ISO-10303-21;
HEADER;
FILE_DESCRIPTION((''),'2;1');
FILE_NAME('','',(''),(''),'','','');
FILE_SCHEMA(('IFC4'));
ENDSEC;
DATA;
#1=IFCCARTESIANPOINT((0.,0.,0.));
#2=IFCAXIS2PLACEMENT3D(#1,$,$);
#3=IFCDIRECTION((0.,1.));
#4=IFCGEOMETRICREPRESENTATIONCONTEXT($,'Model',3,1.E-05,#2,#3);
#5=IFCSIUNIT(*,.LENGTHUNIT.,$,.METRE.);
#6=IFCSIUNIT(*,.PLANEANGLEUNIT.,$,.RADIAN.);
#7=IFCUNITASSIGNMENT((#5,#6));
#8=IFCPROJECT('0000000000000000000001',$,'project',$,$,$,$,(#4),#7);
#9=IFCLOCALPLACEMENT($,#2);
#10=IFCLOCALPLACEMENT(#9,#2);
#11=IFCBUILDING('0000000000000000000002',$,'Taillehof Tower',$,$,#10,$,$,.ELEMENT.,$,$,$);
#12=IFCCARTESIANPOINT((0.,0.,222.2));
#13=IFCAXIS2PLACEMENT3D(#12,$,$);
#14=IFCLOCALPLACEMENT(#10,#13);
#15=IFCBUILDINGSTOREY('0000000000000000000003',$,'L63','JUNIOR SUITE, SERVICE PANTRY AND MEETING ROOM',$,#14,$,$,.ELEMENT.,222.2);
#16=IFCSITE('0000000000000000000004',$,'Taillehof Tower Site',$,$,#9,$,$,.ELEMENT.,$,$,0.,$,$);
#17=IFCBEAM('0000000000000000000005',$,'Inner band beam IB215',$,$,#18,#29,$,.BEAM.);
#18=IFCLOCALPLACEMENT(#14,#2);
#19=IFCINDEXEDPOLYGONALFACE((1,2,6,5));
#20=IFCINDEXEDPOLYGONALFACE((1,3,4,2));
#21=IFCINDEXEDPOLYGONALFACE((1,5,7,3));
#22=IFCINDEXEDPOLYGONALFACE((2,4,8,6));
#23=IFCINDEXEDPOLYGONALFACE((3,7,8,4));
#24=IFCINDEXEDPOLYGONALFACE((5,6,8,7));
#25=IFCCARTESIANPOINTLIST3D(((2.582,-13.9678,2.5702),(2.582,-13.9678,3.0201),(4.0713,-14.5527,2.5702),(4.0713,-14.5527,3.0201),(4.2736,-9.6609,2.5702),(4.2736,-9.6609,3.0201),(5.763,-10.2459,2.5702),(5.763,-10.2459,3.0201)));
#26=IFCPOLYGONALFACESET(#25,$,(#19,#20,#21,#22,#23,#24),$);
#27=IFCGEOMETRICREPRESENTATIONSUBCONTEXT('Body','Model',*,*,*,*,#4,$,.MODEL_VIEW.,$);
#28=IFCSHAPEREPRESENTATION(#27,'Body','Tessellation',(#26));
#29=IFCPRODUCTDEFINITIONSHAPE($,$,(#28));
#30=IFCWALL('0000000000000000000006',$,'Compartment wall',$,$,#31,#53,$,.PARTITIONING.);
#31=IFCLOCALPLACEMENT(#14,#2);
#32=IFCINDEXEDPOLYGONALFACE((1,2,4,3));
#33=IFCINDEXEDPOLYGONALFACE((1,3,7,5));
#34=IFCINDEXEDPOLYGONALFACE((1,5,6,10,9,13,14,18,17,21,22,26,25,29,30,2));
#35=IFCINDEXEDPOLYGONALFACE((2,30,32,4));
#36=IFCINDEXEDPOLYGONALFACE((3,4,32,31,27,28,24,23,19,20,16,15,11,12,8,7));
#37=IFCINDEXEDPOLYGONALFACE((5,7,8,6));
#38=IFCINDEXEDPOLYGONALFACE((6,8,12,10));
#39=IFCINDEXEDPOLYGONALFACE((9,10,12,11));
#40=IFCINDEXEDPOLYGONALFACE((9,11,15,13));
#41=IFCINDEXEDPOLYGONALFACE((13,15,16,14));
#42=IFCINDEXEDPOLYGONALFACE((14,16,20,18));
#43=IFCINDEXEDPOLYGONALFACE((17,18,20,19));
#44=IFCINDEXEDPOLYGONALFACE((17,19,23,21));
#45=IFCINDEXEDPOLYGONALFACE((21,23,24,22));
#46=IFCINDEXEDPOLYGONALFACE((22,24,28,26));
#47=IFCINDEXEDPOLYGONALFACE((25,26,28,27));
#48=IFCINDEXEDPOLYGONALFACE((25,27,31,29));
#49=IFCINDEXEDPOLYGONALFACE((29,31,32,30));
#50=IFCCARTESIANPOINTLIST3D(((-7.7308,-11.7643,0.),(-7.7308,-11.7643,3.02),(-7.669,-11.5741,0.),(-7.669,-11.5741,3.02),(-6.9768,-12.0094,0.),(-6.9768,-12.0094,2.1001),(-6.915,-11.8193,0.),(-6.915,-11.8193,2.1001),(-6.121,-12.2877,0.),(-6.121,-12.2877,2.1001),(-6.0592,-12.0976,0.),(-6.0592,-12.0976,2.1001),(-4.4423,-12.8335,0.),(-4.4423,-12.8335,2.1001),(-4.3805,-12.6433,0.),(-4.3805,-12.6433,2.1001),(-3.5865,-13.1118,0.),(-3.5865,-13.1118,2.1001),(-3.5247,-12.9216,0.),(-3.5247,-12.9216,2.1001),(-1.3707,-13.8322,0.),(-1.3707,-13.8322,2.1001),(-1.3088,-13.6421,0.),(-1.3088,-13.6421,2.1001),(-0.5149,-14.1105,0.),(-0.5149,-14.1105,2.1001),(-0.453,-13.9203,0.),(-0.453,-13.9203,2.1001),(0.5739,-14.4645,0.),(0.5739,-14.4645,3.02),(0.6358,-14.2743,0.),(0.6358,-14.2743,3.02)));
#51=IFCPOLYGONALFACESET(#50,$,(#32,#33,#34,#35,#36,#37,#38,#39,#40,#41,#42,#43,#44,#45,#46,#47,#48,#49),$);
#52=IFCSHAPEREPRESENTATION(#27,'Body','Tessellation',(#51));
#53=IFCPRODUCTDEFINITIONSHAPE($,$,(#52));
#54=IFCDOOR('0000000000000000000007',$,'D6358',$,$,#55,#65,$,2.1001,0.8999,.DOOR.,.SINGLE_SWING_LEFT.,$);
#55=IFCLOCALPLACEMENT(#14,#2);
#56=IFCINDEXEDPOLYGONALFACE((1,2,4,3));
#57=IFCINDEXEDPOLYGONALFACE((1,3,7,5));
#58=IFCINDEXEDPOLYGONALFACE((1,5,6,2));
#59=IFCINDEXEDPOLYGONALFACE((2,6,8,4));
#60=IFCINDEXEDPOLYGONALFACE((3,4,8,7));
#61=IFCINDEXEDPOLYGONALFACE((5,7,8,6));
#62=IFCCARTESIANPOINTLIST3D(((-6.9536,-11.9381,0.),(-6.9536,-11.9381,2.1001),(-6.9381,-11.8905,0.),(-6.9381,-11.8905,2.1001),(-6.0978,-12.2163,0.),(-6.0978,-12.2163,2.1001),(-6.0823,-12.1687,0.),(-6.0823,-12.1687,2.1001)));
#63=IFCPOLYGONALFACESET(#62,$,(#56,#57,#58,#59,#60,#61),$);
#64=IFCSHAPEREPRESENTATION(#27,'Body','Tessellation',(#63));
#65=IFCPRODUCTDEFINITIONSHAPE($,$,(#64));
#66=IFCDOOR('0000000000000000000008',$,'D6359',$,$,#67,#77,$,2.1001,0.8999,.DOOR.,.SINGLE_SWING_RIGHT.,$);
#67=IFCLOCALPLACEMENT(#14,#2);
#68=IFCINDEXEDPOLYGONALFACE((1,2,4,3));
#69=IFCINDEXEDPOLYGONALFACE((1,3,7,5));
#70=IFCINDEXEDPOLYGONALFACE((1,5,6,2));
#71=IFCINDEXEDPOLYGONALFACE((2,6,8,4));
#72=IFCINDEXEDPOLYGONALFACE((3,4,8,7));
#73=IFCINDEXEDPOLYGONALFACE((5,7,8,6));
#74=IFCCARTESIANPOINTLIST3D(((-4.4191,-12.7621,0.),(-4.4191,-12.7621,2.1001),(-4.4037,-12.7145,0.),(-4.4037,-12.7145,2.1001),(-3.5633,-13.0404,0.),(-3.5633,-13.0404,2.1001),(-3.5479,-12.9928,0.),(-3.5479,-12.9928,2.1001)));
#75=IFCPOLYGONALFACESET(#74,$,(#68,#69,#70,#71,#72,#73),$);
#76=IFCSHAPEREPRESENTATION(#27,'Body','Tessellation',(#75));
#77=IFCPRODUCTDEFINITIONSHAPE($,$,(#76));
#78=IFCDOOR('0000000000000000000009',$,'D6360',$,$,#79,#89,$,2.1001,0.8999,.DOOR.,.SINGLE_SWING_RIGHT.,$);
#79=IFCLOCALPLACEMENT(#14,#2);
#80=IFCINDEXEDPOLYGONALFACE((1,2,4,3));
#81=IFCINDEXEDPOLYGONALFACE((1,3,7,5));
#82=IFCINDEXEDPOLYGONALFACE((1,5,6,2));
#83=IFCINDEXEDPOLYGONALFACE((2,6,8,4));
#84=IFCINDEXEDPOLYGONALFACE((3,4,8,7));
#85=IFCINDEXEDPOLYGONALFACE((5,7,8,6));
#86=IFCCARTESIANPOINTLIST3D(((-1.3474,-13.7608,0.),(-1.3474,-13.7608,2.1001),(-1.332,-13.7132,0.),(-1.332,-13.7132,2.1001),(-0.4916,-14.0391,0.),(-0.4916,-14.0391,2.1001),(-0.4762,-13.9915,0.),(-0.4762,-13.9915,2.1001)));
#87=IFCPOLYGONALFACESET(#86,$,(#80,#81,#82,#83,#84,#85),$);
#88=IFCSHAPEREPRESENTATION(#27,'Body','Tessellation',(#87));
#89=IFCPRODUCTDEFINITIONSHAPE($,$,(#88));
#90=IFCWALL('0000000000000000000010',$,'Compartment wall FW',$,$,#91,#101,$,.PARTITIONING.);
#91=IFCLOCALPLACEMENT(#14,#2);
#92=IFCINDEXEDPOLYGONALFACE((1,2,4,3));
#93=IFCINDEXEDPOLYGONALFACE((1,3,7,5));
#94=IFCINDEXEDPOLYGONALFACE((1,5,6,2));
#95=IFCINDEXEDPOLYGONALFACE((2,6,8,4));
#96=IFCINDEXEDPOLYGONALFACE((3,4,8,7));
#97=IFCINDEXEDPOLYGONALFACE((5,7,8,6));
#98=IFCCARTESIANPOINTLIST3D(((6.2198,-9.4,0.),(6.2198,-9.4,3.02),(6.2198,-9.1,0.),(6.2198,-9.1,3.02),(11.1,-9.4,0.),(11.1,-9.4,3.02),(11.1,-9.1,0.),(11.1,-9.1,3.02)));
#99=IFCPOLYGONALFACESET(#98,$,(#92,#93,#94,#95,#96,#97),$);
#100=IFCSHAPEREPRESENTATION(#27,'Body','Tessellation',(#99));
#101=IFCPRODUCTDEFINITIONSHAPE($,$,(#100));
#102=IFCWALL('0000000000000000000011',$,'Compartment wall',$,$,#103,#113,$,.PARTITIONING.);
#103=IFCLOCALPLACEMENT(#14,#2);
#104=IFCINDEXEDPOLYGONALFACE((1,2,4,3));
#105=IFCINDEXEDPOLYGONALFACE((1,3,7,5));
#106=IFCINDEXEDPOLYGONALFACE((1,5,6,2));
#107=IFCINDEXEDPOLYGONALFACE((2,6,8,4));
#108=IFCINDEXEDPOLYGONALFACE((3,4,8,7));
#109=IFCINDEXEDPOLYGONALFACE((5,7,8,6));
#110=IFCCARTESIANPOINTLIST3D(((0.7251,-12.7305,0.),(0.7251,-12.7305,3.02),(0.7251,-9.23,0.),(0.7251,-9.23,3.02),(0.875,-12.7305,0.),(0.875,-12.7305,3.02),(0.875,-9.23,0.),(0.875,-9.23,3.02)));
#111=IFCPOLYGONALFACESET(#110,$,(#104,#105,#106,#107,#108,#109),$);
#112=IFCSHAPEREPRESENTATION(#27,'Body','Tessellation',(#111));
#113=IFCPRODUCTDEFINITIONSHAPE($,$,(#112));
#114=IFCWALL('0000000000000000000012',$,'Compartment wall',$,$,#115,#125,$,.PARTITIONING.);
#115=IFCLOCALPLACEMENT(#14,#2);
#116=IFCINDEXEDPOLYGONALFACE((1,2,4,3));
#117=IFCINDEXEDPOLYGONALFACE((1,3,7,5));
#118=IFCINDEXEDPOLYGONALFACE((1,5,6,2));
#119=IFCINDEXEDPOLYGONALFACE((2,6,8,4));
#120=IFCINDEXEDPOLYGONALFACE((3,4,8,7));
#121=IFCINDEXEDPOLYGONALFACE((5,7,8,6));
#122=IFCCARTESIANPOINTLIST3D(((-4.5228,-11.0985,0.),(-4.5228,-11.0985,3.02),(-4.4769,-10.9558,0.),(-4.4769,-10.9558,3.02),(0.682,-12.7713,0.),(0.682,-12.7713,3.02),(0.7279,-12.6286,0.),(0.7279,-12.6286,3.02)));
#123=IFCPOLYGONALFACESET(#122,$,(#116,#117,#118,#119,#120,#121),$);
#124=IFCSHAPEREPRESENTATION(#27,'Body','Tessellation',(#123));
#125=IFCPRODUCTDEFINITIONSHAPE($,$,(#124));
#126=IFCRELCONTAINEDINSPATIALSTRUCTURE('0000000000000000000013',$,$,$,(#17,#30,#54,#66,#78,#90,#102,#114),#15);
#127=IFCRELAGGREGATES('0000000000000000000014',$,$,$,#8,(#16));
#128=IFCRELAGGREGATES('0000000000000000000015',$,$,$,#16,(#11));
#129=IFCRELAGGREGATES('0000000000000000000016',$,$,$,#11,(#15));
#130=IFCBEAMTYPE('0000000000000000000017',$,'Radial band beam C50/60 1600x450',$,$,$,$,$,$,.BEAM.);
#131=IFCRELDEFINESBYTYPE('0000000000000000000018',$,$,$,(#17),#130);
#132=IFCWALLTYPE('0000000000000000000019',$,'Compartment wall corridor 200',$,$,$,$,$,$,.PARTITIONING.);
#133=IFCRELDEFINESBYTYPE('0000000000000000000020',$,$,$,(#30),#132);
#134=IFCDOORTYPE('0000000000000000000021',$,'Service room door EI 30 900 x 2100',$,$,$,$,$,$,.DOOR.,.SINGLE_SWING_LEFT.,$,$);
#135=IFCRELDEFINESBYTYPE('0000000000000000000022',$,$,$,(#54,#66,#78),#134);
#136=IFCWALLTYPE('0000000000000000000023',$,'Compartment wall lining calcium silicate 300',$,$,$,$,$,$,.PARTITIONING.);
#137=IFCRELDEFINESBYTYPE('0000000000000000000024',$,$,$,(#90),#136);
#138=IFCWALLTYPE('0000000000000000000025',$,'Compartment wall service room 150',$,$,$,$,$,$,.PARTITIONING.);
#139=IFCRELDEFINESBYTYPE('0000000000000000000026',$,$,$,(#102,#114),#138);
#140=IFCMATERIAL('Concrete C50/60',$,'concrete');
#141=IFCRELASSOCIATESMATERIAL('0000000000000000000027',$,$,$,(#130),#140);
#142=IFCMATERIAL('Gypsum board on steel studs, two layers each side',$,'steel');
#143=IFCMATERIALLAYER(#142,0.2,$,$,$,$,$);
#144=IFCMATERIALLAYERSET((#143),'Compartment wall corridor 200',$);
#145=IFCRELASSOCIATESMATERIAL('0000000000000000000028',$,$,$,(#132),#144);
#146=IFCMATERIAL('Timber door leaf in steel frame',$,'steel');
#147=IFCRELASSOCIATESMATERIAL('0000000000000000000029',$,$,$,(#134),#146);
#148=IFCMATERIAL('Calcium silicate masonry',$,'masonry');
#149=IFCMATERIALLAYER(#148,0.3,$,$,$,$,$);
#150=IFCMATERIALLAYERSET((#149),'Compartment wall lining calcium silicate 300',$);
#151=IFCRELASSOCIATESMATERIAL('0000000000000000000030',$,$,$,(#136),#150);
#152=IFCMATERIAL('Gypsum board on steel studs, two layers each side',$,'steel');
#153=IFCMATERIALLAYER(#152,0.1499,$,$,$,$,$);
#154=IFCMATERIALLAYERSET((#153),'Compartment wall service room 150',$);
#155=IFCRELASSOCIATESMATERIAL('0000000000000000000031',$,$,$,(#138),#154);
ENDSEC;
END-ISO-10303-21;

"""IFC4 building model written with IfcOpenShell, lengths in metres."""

from ifc_helpers import new_model, si_unit, direction, frame, frame_2d, origin, origin_2d, place, context, subcontext, project, spatial, rectangle, extrude, material, layer, layer_set, material_profile, profile_set, type_object, element, fill, save


model = new_model("IFC4")

# Units and contexts
model_context = context("Model", 3, precision=1e-05, world=origin(), true_north=direction((0.0, 1.0)))
body_context = subcontext(model_context, "Body", "Model", "MODEL_VIEW")
ifc_project = project(units=[si_unit("LENGTHUNIT", "METRE"), si_unit("PLANEANGLEUNIT", "RADIAN")], contexts=[model_context])

# Site, building, storey
site_placement = place(None, origin())
site = spatial("IfcSite", under=ifc_project, at=site_placement, Name="Taillehof Tower Site", CompositionType="ELEMENT", RefElevation=0.0)
building_placement = place(site_placement, origin())
building = spatial("IfcBuilding", under=site, at=building_placement, Name="Taillehof Tower", CompositionType="ELEMENT")
storey_placement = place(building_placement, frame((0.0, 0.0, 222.2)))
storey = spatial("IfcBuildingStorey", under=building, at=storey_placement, Name="L63", Description="JUNIOR SUITE, SERVICE PANTRY AND MEETING ROOM", CompositionType="ELEMENT", Elevation=222.2)

# Beam
ifc_material_1 = material(Name="Concrete C50/60", Category="concrete")
ifc_material_profile = material_profile(ifc_material_1, rectangle(XDim=1.6001, YDim=0.45, at=origin_2d()), Name="RC 1600x450")
ifc_profile_set = profile_set([ifc_material_profile], Name="Concrete C50/60")
beam_type = type_object("IfcBeamType", Name="Radial band beam C50/60 1600x450", PredefinedType="BEAM", material=ifc_profile_set)
beam_placement = place(storey_placement, frame((3.3267, -14.2603, 2.7952), z_axis=(0.365589, 0.930777, 0.0), x_axis=(-0.930777, 0.365589, 0.0)))
element("IfcBeam", 1, at=beam_placement, inside=storey, type_object=beam_type, Name="Inner band beam IB215", PredefinedType="BEAM", context=body_context, shape_type="SweptSolid", body=[
    extrude(rectangle(XDim=1.6001, YDim=0.45, at=origin_2d()), origin(), (0.0, 0.0, 1.0), 4.6272),
])

# Wall, openings, doors
ifc_material_2 = material(Name="Gypsum board on steel studs, two layers each side", Category="steel")
ifc_layer_1 = layer(ifc_material_2, 0.2)
ifc_layer_set_1 = layer_set([ifc_layer_1], Name="Compartment wall corridor 200")
wall_type_1 = type_object("IfcWallType", Name="Compartment wall corridor 200", PredefinedType="PARTITIONING", material=ifc_layer_set_1)
wall_1_placement = place(storey_placement, frame((0.6047, -14.3694, 0.0), z_axis=(0.0, 0.0, 1.0), x_axis=(-0.950995, 0.309207, 0.0)))
wall_1 = element("IfcWall", 2, at=wall_1_placement, inside=storey, type_object=wall_type_1, Name="Compartment wall", PredefinedType="PARTITIONING", context=body_context, shape_type="SweptSolid", body=[
    extrude(rectangle(XDim=8.7327, YDim=0.2, at=frame_2d((4.3662, 0.0))), origin(), (0.0, 0.0, 1.0), 3.02),
])
opening_1_placement = place(wall_1_placement, frame((7.0398, 0.0, 0.0)))
opening_1 = element("IfcOpeningElement", 3, at=opening_1_placement, cuts=wall_1, PredefinedType="OPENING", context=body_context, shape_type="SweptSolid", body=[
    extrude(rectangle(XDim=0.8999, YDim=2.1001, at=frame_2d((0.45, 1.05))), frame((0.0, 0.1099, 0.0), z_axis=(0.0, -1.0, 0.0), x_axis=(1.0, 0.0, 0.0)), (0.0, 0.0, 1.0), 0.22),
])
opening_2_placement = place(wall_1_placement, frame((4.3748, 0.0, 0.0)))
opening_2 = element("IfcOpeningElement", 4, at=opening_2_placement, cuts=wall_1, PredefinedType="OPENING", context=body_context, shape_type="SweptSolid", body=[
    extrude(rectangle(XDim=0.8999, YDim=2.1001, at=frame_2d((0.45, 1.05))), frame((0.0, 0.1099, 0.0), z_axis=(0.0, -1.0, 0.0), x_axis=(1.0, 0.0, 0.0)), (0.0, 0.0, 1.0), 0.22),
])
opening_3_placement = place(wall_1_placement, frame((1.1448, 0.0, 0.0)))
opening_3 = element("IfcOpeningElement", 5, at=opening_3_placement, cuts=wall_1, PredefinedType="OPENING", context=body_context, shape_type="SweptSolid", body=[
    extrude(rectangle(XDim=0.8999, YDim=2.1001, at=frame_2d((0.45, 1.05))), frame((0.0, 0.1099, 0.0), z_axis=(0.0, -1.0, 0.0), x_axis=(1.0, 0.0, 0.0)), (0.0, 0.0, 1.0), 0.22),
])
ifc_material_3 = material(Name="Timber door leaf in steel frame", Category="steel")
door_type_1 = type_object("IfcDoorType", Name="Service room door EI 30 900 x 2100", OperationType="SINGLE_SWING_LEFT", PredefinedType="DOOR", material=ifc_material_3)
door_1_placement = place(opening_1_placement, origin())
door_1 = element("IfcDoor", 6, at=door_1_placement, inside=storey, type_object=door_type_1, Name="D6358", OperationType="SINGLE_SWING_LEFT", OverallHeight=2.1001, OverallWidth=0.8999, PredefinedType="DOOR", context=body_context, shape_type="SweptSolid", body=[
    extrude(rectangle(XDim=0.8999, YDim=2.1001, at=frame_2d((0.45, 1.05))), frame((0.0, 0.0249, 0.0), z_axis=(0.0, -1.0, 0.0), x_axis=(1.0, 0.0, 0.0)), (0.0, 0.0, 1.0), 0.05),
])
fill(opening_1, door_1)
door_2_placement = place(opening_2_placement, origin())
door_2 = element("IfcDoor", 7, at=door_2_placement, inside=storey, type_object=door_type_1, Name="D6359", OperationType="SINGLE_SWING_RIGHT", OverallHeight=2.1001, OverallWidth=0.8999, PredefinedType="DOOR", context=body_context, shape_type="SweptSolid", body=[
    extrude(rectangle(XDim=0.8999, YDim=2.1001, at=frame_2d((0.45, 1.05))), frame((0.0, 0.0249, 0.0), z_axis=(0.0, -1.0, 0.0), x_axis=(1.0, 0.0, 0.0)), (0.0, 0.0, 1.0), 0.05),
])
fill(opening_2, door_2)
door_3_placement = place(opening_3_placement, origin())
door_3 = element("IfcDoor", 8, at=door_3_placement, inside=storey, type_object=door_type_1, Name="D6360", OperationType="SINGLE_SWING_RIGHT", OverallHeight=2.1001, OverallWidth=0.8999, PredefinedType="DOOR", context=body_context, shape_type="SweptSolid", body=[
    extrude(rectangle(XDim=0.8999, YDim=2.1001, at=frame_2d((0.45, 1.05))), frame((0.0, 0.0249, 0.0), z_axis=(0.0, -1.0, 0.0), x_axis=(1.0, 0.0, 0.0)), (0.0, 0.0, 1.0), 0.05),
])
fill(opening_3, door_3)

# Walls
ifc_material_4 = material(Name="Calcium silicate masonry", Category="masonry")
ifc_layer_2 = layer(ifc_material_4, 0.3)
ifc_layer_set_2 = layer_set([ifc_layer_2], Name="Compartment wall lining calcium silicate 300")
wall_type_2 = type_object("IfcWallType", Name="Compartment wall lining calcium silicate 300", PredefinedType="PARTITIONING", material=ifc_layer_set_2)
wall_2_placement = place(storey_placement, frame((6.22, -9.25, 0.0), z_axis=(0.0, 0.0, 1.0), x_axis=(1.0, 0.0, 0.0)))
element("IfcWall", 9, at=wall_2_placement, inside=storey, type_object=wall_type_2, Name="Compartment wall FW", PredefinedType="PARTITIONING", context=body_context, shape_type="SweptSolid", body=[
    extrude(rectangle(XDim=4.8801, YDim=0.3, at=frame_2d((2.4399, 0.0))), origin(), (0.0, 0.0, 1.0), 3.02),
])
ifc_material_5 = material(Name="Gypsum board on steel studs, two layers each side", Category="steel")
ifc_layer_3 = layer(ifc_material_5, 0.1499)
ifc_layer_set_3 = layer_set([ifc_layer_3], Name="Compartment wall service room 150")
wall_type_3 = type_object("IfcWallType", Name="Compartment wall service room 150", PredefinedType="PARTITIONING", material=ifc_layer_set_3)
wall_3_placement = place(storey_placement, frame((0.8, -9.23, 0.0), z_axis=(0.0, 0.0, 1.0), x_axis=(0.0, -1.0, 0.0)))
element("IfcWall", 10, at=wall_3_placement, inside=storey, type_object=wall_type_3, Name="Compartment wall", PredefinedType="PARTITIONING", context=body_context, shape_type="SweptSolid", body=[
    extrude(rectangle(XDim=3.5005, YDim=0.1499, at=frame_2d((1.7502, 0.0))), origin(), (0.0, 0.0, 1.0), 3.02),
])
wall_4_placement = place(storey_placement, frame((0.7048, -12.7, 0.0), z_axis=(0.0, 0.0, 1.0), x_axis=(-0.952036, 0.305987, 0.0)))
element("IfcWall", 11, at=wall_4_placement, inside=storey, type_object=wall_type_3, Name="Compartment wall", PredefinedType="PARTITIONING", context=body_context, shape_type="SweptSolid", body=[
    extrude(rectangle(XDim=5.467, YDim=0.1499, at=frame_2d((2.7334, 0.0))), origin(), (0.0, 0.0, 1.0), 3.02),
])

save(model, "model.ifc")
